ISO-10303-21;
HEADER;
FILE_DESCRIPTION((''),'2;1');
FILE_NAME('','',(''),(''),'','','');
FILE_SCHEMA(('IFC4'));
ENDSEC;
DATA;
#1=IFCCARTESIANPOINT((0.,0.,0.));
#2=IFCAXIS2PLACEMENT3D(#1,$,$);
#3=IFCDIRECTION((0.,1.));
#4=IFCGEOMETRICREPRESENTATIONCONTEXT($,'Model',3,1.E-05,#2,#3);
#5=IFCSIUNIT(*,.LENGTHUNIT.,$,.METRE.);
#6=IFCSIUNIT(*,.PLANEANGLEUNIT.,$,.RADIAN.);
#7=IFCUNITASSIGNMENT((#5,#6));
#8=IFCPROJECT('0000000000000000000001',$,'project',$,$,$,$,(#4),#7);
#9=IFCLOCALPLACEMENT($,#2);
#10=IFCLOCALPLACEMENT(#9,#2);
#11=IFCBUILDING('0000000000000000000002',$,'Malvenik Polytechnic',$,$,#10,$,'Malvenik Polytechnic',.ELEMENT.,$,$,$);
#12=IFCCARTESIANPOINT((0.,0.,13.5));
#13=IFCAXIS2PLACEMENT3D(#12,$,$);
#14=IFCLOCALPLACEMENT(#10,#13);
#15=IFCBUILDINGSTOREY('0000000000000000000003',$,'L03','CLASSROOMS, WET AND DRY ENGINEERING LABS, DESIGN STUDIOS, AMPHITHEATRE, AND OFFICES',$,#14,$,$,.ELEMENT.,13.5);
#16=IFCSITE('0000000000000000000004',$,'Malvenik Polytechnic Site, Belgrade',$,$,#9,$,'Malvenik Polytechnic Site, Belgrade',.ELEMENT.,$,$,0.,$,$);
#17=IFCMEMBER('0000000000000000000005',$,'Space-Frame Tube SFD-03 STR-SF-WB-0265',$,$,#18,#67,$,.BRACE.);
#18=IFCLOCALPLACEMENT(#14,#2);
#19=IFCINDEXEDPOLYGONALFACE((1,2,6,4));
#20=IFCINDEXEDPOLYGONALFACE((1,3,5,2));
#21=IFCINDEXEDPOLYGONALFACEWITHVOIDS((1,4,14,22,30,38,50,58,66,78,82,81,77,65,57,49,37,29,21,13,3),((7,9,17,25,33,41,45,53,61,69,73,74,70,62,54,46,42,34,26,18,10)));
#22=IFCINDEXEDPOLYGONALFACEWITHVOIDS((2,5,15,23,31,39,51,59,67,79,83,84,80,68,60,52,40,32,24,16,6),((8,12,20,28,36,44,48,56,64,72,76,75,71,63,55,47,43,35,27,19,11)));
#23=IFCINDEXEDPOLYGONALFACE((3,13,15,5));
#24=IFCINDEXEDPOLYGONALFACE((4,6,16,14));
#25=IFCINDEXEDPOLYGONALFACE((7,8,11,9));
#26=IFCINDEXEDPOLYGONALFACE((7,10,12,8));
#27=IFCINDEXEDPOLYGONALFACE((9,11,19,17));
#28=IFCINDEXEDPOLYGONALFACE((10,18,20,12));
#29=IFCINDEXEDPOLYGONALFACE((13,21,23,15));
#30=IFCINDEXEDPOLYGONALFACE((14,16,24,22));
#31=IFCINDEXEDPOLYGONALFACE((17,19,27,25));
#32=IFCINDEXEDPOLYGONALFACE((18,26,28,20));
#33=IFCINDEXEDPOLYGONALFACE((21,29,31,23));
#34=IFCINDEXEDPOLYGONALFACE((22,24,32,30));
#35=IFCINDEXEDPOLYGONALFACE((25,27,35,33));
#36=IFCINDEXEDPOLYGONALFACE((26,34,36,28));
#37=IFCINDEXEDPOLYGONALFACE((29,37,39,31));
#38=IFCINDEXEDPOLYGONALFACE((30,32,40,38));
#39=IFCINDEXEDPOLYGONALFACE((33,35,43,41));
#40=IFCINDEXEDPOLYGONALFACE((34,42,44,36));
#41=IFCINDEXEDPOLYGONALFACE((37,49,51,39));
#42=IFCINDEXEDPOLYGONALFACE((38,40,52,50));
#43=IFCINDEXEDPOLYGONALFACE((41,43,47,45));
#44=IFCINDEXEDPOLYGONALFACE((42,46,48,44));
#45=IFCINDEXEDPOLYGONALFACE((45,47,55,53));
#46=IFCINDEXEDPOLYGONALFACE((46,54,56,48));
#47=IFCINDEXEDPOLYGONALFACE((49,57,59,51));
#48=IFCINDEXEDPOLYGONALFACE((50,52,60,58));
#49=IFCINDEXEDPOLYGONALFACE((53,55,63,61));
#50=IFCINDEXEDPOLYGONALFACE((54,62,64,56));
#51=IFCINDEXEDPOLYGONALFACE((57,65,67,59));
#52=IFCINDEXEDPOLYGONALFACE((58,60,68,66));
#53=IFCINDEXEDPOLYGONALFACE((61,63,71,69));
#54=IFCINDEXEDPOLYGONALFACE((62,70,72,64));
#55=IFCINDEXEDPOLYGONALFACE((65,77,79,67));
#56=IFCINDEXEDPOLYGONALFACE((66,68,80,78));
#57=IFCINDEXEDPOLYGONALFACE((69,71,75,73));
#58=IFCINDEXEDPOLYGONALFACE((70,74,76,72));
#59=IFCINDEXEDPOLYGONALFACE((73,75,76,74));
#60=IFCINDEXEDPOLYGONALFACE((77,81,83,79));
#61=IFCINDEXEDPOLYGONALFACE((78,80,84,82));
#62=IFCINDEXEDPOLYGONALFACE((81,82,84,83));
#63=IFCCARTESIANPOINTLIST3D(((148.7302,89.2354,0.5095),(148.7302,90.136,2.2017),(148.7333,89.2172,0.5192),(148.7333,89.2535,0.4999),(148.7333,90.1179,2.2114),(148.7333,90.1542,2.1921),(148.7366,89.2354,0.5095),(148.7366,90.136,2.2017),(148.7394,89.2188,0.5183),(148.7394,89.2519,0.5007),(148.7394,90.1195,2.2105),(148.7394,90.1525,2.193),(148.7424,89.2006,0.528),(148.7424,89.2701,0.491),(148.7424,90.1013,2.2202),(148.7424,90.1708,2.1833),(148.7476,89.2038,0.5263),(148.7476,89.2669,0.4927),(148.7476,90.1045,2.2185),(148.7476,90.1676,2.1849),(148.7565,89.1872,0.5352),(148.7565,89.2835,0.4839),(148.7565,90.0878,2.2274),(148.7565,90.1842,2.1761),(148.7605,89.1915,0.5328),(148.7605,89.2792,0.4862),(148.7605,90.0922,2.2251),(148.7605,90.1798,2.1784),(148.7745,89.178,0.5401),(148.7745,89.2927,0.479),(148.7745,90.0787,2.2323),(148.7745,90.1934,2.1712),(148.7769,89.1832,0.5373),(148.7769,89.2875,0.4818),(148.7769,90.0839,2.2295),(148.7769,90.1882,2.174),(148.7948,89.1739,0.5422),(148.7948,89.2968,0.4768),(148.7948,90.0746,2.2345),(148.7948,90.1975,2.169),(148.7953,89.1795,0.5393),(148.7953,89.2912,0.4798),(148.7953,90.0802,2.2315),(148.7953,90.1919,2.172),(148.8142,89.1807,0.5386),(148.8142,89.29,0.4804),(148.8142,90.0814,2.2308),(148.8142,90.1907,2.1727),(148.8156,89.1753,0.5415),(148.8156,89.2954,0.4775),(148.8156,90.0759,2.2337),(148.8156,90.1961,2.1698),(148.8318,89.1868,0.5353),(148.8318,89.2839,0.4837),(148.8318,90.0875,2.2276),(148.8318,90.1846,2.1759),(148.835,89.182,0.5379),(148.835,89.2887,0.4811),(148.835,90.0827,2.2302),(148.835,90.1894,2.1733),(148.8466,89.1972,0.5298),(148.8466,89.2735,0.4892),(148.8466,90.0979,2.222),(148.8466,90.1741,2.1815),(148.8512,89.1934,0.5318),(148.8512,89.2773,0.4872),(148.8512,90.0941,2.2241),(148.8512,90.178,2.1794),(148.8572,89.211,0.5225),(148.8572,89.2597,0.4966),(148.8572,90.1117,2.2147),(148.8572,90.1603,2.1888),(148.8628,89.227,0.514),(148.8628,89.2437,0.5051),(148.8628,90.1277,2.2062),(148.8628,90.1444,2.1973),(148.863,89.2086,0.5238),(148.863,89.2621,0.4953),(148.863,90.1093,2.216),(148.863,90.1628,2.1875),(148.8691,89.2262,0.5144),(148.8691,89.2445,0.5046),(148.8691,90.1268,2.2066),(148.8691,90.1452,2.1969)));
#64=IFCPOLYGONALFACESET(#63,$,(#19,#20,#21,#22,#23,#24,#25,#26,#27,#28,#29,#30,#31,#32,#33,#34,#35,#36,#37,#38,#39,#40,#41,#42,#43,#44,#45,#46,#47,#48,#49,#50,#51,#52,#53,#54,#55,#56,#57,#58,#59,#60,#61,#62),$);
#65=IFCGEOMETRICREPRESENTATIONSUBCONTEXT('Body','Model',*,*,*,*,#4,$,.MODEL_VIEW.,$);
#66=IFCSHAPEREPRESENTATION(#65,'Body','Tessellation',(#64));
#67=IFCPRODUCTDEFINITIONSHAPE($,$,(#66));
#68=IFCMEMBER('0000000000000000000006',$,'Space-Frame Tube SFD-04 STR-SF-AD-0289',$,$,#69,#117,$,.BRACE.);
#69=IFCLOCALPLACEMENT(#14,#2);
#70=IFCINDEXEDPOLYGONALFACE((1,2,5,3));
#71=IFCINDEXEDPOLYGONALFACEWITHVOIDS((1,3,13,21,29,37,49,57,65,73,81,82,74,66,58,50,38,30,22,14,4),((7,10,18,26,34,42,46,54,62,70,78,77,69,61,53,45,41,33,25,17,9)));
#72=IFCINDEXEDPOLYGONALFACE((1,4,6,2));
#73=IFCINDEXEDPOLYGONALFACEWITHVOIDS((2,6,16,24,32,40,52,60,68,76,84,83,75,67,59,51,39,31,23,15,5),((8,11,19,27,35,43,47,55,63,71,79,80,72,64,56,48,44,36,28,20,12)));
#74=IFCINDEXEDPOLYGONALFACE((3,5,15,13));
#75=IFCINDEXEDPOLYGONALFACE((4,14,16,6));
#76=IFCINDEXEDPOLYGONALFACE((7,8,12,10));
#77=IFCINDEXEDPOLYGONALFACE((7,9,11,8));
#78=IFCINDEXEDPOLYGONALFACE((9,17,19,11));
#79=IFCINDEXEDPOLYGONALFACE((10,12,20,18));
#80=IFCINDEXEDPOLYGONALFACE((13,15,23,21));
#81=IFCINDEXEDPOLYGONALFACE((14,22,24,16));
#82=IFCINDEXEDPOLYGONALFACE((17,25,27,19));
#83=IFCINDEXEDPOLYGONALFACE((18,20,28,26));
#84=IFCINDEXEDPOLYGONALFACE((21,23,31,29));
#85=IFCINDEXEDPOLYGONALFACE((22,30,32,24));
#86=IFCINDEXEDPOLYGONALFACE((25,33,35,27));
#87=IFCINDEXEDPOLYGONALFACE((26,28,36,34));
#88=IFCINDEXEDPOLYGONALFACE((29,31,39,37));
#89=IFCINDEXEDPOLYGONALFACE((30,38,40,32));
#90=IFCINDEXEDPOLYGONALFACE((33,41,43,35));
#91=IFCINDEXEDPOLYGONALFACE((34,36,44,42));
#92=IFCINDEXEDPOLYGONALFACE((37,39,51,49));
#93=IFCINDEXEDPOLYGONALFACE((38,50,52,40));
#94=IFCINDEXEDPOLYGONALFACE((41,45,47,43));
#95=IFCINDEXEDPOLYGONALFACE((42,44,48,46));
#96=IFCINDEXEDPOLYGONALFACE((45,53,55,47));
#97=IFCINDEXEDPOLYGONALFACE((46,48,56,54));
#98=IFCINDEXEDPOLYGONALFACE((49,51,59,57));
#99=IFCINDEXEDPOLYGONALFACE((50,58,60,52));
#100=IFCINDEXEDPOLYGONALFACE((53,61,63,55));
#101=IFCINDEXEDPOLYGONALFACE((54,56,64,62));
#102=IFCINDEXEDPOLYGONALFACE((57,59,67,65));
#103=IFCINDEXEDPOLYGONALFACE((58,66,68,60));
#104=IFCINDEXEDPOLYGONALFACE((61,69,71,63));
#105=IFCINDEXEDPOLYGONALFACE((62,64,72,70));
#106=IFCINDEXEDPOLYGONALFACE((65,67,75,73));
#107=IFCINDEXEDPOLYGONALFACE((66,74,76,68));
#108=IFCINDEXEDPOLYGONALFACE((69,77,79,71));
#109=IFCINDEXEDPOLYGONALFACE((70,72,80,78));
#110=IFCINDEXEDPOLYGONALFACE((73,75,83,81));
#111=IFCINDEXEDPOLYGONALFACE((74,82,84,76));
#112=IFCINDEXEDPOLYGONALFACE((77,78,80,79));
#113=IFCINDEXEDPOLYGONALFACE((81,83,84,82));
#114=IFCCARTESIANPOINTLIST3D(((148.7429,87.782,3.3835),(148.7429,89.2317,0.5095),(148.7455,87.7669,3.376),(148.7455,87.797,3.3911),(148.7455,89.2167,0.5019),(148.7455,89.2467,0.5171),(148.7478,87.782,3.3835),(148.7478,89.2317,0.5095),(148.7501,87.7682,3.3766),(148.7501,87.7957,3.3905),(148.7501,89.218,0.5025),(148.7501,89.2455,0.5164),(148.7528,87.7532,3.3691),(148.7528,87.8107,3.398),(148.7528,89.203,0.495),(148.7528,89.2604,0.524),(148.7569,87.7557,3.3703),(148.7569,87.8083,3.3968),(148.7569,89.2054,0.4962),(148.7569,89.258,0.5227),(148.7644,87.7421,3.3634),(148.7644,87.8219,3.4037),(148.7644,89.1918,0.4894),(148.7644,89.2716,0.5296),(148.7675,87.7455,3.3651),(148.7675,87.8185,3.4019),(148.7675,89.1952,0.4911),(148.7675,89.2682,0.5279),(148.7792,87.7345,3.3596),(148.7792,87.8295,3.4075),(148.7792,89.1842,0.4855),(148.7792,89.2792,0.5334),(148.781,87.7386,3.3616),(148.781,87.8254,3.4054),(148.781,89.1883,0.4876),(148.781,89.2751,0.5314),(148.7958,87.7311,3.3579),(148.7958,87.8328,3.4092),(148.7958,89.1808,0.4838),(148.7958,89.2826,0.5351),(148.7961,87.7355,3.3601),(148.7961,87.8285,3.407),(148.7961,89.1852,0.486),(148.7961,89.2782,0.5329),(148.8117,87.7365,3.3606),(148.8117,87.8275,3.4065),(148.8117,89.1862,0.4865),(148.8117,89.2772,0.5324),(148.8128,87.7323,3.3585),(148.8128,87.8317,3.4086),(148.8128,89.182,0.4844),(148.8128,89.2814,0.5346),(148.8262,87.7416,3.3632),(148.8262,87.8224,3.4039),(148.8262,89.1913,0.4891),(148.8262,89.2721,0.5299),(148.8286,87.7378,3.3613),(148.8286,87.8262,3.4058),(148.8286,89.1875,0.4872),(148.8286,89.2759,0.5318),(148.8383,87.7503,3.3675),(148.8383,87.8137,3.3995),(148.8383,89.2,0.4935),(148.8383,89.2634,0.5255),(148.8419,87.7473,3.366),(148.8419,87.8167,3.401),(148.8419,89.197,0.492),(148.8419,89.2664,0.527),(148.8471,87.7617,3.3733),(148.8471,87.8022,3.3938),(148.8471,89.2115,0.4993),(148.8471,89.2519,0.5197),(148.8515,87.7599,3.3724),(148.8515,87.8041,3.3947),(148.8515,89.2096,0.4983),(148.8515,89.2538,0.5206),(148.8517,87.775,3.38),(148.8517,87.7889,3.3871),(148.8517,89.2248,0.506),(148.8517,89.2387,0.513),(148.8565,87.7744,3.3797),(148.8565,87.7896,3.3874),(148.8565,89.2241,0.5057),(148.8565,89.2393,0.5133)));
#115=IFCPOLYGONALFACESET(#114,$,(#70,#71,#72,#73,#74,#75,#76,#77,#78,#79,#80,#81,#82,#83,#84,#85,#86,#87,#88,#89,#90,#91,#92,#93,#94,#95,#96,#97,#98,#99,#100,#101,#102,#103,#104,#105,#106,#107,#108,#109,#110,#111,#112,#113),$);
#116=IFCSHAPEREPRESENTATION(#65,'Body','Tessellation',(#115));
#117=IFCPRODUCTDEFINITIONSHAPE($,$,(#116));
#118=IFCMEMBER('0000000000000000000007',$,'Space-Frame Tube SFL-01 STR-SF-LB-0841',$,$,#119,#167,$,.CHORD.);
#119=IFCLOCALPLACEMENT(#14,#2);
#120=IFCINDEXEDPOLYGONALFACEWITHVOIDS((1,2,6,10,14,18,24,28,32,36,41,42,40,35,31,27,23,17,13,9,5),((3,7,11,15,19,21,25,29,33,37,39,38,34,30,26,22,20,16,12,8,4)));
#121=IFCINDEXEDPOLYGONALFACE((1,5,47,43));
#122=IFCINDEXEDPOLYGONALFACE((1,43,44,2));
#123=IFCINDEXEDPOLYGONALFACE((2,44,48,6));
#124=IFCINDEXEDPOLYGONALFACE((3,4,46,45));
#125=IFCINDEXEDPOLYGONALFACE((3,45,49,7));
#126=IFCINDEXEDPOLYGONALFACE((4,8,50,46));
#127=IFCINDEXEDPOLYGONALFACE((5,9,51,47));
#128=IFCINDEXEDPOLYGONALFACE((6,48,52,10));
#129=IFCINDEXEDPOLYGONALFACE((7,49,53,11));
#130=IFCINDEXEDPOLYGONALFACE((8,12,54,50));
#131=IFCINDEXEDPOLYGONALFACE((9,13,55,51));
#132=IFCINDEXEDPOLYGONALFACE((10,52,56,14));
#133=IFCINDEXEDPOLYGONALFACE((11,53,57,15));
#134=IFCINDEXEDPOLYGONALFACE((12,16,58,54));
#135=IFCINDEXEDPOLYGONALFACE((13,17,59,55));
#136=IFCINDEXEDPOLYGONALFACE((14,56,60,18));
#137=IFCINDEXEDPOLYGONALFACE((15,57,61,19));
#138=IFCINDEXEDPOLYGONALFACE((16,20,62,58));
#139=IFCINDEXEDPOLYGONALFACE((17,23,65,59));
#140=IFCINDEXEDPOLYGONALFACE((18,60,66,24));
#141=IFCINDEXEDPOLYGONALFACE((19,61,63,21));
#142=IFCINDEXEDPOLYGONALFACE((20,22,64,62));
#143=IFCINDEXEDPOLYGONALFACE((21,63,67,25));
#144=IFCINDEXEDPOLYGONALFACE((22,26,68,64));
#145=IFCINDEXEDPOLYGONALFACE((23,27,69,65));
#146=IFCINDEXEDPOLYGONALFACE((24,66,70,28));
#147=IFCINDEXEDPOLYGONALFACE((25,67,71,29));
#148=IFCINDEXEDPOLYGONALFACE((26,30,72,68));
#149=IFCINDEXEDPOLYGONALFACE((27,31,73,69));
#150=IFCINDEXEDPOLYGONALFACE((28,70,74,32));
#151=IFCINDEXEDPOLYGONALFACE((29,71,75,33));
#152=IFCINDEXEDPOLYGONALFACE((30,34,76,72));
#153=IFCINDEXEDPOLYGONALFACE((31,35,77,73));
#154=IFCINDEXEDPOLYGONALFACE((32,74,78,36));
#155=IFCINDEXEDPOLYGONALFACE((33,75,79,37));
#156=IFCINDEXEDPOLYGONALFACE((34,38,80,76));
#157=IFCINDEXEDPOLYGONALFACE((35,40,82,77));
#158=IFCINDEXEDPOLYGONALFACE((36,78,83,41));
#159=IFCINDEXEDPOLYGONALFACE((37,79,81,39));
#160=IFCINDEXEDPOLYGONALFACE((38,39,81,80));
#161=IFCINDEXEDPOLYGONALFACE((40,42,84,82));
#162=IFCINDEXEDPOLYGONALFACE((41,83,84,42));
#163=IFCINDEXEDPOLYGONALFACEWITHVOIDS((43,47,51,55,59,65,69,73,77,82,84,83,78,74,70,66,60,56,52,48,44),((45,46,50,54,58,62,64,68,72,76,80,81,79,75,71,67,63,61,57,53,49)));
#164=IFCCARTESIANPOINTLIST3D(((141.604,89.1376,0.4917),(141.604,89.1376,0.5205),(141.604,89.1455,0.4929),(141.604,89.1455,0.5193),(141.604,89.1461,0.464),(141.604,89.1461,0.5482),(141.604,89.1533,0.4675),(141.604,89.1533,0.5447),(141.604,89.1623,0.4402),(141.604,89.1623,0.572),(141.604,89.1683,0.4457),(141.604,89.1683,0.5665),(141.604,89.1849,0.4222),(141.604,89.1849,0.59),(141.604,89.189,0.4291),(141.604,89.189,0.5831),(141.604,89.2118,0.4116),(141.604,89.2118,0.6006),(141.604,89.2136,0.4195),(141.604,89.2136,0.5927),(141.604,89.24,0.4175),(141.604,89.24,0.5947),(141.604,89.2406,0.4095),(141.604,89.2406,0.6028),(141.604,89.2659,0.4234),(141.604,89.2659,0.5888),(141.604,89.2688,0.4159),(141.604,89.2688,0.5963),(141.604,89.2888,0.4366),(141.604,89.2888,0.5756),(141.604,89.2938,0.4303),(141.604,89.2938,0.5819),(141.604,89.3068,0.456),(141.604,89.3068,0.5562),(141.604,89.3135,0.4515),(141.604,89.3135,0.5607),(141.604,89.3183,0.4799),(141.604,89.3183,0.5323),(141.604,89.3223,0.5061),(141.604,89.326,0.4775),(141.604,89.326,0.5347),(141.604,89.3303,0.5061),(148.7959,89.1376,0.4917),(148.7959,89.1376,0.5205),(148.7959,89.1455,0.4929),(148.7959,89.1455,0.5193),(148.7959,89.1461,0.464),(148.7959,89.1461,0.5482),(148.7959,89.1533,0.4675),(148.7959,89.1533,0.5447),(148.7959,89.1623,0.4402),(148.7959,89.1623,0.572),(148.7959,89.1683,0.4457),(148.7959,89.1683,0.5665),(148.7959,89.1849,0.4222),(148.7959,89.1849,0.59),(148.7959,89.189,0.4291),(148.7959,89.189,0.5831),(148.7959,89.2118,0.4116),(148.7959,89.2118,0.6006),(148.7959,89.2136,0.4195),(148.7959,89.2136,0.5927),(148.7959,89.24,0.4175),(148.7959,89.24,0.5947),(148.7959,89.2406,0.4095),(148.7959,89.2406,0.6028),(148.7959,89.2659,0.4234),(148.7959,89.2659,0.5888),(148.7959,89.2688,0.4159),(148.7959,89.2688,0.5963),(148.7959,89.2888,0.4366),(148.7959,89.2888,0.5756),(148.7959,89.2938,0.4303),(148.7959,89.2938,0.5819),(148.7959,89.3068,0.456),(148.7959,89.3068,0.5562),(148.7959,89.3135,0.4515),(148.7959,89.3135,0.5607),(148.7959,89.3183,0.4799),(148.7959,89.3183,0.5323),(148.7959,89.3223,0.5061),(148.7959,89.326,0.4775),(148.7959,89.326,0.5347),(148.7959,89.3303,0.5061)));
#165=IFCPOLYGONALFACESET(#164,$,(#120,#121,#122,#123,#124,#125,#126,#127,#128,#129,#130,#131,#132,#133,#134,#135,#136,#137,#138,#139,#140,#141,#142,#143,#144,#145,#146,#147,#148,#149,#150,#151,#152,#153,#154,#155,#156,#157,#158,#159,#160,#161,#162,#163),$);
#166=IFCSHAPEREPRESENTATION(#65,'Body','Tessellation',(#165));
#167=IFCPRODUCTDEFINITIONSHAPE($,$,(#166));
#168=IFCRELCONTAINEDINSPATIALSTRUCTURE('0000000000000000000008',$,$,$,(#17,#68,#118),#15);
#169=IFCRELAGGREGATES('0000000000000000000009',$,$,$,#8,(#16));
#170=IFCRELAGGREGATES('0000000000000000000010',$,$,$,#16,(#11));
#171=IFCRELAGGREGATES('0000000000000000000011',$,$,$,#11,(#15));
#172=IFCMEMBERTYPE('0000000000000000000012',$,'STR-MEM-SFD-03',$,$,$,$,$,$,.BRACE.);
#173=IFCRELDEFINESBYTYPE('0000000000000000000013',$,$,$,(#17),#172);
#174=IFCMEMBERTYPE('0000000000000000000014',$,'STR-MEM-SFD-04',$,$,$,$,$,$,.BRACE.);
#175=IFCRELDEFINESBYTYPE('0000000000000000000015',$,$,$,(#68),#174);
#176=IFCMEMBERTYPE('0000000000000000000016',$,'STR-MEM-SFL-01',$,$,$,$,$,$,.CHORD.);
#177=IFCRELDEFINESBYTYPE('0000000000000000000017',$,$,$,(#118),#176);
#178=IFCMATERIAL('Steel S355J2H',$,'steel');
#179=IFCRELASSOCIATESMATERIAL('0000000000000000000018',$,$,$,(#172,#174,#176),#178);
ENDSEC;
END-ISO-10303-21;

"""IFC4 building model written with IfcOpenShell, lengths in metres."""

from ifc_helpers import new_model, si_unit, direction, frame, origin, origin_2d, place, context, subcontext, project, spatial, hollow_circle, extrude, material, material_profile, profile_set, type_object, element, save


model = new_model("IFC4")

# Units and contexts
model_context = context("Model", 3, precision=1e-05, world=origin(), true_north=direction((0.0, 1.0)))
body_context = subcontext(model_context, "Body", "Model", "MODEL_VIEW")
ifc_project = project(units=[si_unit("LENGTHUNIT", "METRE"), si_unit("PLANEANGLEUNIT", "RADIAN")], contexts=[model_context])

# Site, building, storey
site_placement = place(None, origin())
site = spatial("IfcSite", under=ifc_project, at=site_placement, Name="Malvenik Polytechnic Site, Belgrade", LongName="Malvenik Polytechnic Site, Belgrade", CompositionType="ELEMENT", RefElevation=0.0)
building_placement = place(site_placement, origin())
building = spatial("IfcBuilding", under=site, at=building_placement, Name="Malvenik Polytechnic", LongName="Malvenik Polytechnic", CompositionType="ELEMENT")
storey_placement = place(building_placement, frame((0.0, 0.0, 13.5)))
storey = spatial("IfcBuildingStorey", under=building, at=storey_placement, Name="L03", Description="CLASSROOMS, WET AND DRY ENGINEERING LABS, DESIGN STUDIOS, AMPHITHEATRE, AND OFFICES", CompositionType="ELEMENT", Elevation=13.5)

# Members
ifc_material_1 = material(Name="Steel S355J2H", Category="steel")
ifc_material_profile_1 = material_profile(ifc_material_1, hollow_circle(Radius=0.0698, WallThickness=0.0063, at=origin_2d()), Name="CHS 139.7x6.3")
ifc_profile_set_1 = profile_set([ifc_material_profile_1], Name="Steel S355J2H")
member_type_1 = type_object("IfcMemberType", Name="STR-MEM-SFD-03", PredefinedType="BRACE", material=ifc_profile_set_1)
for number, where, z_axis, x_axis, name in (
    (1, (148.8, 89.2354, 0.5095), (0.0, 0.469841, 0.882751), (-1.0, 0.0, 0.0), "Space-Frame Tube SFD-03 STR-SF-WB-0265"),
):
    element("IfcMember", number, at=place(storey_placement, frame(where, z_axis=z_axis, x_axis=x_axis)), inside=storey, type_object=member_type_1, Name=name, PredefinedType="BRACE", context=body_context, shape_type="SweptSolid", body=[
        extrude(hollow_circle(Radius=0.0698, WallThickness=0.0063, at=origin_2d()), origin(), (0.0, 0.0, 1.0), 1.917),
    ])
ifc_material_profile_2 = material_profile(ifc_material_1, hollow_circle(Radius=0.0571, WallThickness=0.0049, at=origin_2d()), Name="CHS 114.3x5.0")
ifc_profile_set_2 = profile_set([ifc_material_profile_2], Name="Steel S355J2H")
member_type_2 = type_object("IfcMemberType", Name="STR-MEM-SFD-04", PredefinedType="BRACE", material=ifc_profile_set_2)
member_1_placement = place(storey_placement, frame((148.8, 87.782, 3.3835), z_axis=(0.0, 0.450366, -0.892844), x_axis=(-1.0, 0.0, 0.0)))
element("IfcMember", 2, at=member_1_placement, inside=storey, type_object=member_type_2, Name="Space-Frame Tube SFD-04 STR-SF-AD-0289", PredefinedType="BRACE", context=body_context, shape_type="SweptSolid", body=[
    extrude(hollow_circle(Radius=0.0571, WallThickness=0.0049, at=origin_2d()), origin(), (0.0, 0.0, 1.0), 3.219),
])
ifc_material_profile_3 = material_profile(ifc_material_1, hollow_circle(Radius=0.0969, WallThickness=0.0081, at=origin_2d()), Name="CHS 193.7x8.0")
ifc_profile_set_3 = profile_set([ifc_material_profile_3], Name="Steel S355J2H")
member_type_3 = type_object("IfcMemberType", Name="STR-MEM-SFL-01", PredefinedType="CHORD", material=ifc_profile_set_3)
for number, where, z_axis, x_axis, name in (
    (3, (141.604, 89.2334, 0.5061), (1.0, 0.0, 0.0), (0.0, 1.0, 0.0), "Space-Frame Tube SFL-01 STR-SF-LB-0841"),
):
    element("IfcMember", number, at=place(storey_placement, frame(where, z_axis=z_axis, x_axis=x_axis)), inside=storey, type_object=member_type_3, Name=name, PredefinedType="CHORD", context=body_context, shape_type="SweptSolid", body=[
        extrude(hollow_circle(Radius=0.0969, WallThickness=0.0081, at=origin_2d()), origin(), (0.0, 0.0, 1.0), 7.1919),
    ])

save(model, "model.ifc")
